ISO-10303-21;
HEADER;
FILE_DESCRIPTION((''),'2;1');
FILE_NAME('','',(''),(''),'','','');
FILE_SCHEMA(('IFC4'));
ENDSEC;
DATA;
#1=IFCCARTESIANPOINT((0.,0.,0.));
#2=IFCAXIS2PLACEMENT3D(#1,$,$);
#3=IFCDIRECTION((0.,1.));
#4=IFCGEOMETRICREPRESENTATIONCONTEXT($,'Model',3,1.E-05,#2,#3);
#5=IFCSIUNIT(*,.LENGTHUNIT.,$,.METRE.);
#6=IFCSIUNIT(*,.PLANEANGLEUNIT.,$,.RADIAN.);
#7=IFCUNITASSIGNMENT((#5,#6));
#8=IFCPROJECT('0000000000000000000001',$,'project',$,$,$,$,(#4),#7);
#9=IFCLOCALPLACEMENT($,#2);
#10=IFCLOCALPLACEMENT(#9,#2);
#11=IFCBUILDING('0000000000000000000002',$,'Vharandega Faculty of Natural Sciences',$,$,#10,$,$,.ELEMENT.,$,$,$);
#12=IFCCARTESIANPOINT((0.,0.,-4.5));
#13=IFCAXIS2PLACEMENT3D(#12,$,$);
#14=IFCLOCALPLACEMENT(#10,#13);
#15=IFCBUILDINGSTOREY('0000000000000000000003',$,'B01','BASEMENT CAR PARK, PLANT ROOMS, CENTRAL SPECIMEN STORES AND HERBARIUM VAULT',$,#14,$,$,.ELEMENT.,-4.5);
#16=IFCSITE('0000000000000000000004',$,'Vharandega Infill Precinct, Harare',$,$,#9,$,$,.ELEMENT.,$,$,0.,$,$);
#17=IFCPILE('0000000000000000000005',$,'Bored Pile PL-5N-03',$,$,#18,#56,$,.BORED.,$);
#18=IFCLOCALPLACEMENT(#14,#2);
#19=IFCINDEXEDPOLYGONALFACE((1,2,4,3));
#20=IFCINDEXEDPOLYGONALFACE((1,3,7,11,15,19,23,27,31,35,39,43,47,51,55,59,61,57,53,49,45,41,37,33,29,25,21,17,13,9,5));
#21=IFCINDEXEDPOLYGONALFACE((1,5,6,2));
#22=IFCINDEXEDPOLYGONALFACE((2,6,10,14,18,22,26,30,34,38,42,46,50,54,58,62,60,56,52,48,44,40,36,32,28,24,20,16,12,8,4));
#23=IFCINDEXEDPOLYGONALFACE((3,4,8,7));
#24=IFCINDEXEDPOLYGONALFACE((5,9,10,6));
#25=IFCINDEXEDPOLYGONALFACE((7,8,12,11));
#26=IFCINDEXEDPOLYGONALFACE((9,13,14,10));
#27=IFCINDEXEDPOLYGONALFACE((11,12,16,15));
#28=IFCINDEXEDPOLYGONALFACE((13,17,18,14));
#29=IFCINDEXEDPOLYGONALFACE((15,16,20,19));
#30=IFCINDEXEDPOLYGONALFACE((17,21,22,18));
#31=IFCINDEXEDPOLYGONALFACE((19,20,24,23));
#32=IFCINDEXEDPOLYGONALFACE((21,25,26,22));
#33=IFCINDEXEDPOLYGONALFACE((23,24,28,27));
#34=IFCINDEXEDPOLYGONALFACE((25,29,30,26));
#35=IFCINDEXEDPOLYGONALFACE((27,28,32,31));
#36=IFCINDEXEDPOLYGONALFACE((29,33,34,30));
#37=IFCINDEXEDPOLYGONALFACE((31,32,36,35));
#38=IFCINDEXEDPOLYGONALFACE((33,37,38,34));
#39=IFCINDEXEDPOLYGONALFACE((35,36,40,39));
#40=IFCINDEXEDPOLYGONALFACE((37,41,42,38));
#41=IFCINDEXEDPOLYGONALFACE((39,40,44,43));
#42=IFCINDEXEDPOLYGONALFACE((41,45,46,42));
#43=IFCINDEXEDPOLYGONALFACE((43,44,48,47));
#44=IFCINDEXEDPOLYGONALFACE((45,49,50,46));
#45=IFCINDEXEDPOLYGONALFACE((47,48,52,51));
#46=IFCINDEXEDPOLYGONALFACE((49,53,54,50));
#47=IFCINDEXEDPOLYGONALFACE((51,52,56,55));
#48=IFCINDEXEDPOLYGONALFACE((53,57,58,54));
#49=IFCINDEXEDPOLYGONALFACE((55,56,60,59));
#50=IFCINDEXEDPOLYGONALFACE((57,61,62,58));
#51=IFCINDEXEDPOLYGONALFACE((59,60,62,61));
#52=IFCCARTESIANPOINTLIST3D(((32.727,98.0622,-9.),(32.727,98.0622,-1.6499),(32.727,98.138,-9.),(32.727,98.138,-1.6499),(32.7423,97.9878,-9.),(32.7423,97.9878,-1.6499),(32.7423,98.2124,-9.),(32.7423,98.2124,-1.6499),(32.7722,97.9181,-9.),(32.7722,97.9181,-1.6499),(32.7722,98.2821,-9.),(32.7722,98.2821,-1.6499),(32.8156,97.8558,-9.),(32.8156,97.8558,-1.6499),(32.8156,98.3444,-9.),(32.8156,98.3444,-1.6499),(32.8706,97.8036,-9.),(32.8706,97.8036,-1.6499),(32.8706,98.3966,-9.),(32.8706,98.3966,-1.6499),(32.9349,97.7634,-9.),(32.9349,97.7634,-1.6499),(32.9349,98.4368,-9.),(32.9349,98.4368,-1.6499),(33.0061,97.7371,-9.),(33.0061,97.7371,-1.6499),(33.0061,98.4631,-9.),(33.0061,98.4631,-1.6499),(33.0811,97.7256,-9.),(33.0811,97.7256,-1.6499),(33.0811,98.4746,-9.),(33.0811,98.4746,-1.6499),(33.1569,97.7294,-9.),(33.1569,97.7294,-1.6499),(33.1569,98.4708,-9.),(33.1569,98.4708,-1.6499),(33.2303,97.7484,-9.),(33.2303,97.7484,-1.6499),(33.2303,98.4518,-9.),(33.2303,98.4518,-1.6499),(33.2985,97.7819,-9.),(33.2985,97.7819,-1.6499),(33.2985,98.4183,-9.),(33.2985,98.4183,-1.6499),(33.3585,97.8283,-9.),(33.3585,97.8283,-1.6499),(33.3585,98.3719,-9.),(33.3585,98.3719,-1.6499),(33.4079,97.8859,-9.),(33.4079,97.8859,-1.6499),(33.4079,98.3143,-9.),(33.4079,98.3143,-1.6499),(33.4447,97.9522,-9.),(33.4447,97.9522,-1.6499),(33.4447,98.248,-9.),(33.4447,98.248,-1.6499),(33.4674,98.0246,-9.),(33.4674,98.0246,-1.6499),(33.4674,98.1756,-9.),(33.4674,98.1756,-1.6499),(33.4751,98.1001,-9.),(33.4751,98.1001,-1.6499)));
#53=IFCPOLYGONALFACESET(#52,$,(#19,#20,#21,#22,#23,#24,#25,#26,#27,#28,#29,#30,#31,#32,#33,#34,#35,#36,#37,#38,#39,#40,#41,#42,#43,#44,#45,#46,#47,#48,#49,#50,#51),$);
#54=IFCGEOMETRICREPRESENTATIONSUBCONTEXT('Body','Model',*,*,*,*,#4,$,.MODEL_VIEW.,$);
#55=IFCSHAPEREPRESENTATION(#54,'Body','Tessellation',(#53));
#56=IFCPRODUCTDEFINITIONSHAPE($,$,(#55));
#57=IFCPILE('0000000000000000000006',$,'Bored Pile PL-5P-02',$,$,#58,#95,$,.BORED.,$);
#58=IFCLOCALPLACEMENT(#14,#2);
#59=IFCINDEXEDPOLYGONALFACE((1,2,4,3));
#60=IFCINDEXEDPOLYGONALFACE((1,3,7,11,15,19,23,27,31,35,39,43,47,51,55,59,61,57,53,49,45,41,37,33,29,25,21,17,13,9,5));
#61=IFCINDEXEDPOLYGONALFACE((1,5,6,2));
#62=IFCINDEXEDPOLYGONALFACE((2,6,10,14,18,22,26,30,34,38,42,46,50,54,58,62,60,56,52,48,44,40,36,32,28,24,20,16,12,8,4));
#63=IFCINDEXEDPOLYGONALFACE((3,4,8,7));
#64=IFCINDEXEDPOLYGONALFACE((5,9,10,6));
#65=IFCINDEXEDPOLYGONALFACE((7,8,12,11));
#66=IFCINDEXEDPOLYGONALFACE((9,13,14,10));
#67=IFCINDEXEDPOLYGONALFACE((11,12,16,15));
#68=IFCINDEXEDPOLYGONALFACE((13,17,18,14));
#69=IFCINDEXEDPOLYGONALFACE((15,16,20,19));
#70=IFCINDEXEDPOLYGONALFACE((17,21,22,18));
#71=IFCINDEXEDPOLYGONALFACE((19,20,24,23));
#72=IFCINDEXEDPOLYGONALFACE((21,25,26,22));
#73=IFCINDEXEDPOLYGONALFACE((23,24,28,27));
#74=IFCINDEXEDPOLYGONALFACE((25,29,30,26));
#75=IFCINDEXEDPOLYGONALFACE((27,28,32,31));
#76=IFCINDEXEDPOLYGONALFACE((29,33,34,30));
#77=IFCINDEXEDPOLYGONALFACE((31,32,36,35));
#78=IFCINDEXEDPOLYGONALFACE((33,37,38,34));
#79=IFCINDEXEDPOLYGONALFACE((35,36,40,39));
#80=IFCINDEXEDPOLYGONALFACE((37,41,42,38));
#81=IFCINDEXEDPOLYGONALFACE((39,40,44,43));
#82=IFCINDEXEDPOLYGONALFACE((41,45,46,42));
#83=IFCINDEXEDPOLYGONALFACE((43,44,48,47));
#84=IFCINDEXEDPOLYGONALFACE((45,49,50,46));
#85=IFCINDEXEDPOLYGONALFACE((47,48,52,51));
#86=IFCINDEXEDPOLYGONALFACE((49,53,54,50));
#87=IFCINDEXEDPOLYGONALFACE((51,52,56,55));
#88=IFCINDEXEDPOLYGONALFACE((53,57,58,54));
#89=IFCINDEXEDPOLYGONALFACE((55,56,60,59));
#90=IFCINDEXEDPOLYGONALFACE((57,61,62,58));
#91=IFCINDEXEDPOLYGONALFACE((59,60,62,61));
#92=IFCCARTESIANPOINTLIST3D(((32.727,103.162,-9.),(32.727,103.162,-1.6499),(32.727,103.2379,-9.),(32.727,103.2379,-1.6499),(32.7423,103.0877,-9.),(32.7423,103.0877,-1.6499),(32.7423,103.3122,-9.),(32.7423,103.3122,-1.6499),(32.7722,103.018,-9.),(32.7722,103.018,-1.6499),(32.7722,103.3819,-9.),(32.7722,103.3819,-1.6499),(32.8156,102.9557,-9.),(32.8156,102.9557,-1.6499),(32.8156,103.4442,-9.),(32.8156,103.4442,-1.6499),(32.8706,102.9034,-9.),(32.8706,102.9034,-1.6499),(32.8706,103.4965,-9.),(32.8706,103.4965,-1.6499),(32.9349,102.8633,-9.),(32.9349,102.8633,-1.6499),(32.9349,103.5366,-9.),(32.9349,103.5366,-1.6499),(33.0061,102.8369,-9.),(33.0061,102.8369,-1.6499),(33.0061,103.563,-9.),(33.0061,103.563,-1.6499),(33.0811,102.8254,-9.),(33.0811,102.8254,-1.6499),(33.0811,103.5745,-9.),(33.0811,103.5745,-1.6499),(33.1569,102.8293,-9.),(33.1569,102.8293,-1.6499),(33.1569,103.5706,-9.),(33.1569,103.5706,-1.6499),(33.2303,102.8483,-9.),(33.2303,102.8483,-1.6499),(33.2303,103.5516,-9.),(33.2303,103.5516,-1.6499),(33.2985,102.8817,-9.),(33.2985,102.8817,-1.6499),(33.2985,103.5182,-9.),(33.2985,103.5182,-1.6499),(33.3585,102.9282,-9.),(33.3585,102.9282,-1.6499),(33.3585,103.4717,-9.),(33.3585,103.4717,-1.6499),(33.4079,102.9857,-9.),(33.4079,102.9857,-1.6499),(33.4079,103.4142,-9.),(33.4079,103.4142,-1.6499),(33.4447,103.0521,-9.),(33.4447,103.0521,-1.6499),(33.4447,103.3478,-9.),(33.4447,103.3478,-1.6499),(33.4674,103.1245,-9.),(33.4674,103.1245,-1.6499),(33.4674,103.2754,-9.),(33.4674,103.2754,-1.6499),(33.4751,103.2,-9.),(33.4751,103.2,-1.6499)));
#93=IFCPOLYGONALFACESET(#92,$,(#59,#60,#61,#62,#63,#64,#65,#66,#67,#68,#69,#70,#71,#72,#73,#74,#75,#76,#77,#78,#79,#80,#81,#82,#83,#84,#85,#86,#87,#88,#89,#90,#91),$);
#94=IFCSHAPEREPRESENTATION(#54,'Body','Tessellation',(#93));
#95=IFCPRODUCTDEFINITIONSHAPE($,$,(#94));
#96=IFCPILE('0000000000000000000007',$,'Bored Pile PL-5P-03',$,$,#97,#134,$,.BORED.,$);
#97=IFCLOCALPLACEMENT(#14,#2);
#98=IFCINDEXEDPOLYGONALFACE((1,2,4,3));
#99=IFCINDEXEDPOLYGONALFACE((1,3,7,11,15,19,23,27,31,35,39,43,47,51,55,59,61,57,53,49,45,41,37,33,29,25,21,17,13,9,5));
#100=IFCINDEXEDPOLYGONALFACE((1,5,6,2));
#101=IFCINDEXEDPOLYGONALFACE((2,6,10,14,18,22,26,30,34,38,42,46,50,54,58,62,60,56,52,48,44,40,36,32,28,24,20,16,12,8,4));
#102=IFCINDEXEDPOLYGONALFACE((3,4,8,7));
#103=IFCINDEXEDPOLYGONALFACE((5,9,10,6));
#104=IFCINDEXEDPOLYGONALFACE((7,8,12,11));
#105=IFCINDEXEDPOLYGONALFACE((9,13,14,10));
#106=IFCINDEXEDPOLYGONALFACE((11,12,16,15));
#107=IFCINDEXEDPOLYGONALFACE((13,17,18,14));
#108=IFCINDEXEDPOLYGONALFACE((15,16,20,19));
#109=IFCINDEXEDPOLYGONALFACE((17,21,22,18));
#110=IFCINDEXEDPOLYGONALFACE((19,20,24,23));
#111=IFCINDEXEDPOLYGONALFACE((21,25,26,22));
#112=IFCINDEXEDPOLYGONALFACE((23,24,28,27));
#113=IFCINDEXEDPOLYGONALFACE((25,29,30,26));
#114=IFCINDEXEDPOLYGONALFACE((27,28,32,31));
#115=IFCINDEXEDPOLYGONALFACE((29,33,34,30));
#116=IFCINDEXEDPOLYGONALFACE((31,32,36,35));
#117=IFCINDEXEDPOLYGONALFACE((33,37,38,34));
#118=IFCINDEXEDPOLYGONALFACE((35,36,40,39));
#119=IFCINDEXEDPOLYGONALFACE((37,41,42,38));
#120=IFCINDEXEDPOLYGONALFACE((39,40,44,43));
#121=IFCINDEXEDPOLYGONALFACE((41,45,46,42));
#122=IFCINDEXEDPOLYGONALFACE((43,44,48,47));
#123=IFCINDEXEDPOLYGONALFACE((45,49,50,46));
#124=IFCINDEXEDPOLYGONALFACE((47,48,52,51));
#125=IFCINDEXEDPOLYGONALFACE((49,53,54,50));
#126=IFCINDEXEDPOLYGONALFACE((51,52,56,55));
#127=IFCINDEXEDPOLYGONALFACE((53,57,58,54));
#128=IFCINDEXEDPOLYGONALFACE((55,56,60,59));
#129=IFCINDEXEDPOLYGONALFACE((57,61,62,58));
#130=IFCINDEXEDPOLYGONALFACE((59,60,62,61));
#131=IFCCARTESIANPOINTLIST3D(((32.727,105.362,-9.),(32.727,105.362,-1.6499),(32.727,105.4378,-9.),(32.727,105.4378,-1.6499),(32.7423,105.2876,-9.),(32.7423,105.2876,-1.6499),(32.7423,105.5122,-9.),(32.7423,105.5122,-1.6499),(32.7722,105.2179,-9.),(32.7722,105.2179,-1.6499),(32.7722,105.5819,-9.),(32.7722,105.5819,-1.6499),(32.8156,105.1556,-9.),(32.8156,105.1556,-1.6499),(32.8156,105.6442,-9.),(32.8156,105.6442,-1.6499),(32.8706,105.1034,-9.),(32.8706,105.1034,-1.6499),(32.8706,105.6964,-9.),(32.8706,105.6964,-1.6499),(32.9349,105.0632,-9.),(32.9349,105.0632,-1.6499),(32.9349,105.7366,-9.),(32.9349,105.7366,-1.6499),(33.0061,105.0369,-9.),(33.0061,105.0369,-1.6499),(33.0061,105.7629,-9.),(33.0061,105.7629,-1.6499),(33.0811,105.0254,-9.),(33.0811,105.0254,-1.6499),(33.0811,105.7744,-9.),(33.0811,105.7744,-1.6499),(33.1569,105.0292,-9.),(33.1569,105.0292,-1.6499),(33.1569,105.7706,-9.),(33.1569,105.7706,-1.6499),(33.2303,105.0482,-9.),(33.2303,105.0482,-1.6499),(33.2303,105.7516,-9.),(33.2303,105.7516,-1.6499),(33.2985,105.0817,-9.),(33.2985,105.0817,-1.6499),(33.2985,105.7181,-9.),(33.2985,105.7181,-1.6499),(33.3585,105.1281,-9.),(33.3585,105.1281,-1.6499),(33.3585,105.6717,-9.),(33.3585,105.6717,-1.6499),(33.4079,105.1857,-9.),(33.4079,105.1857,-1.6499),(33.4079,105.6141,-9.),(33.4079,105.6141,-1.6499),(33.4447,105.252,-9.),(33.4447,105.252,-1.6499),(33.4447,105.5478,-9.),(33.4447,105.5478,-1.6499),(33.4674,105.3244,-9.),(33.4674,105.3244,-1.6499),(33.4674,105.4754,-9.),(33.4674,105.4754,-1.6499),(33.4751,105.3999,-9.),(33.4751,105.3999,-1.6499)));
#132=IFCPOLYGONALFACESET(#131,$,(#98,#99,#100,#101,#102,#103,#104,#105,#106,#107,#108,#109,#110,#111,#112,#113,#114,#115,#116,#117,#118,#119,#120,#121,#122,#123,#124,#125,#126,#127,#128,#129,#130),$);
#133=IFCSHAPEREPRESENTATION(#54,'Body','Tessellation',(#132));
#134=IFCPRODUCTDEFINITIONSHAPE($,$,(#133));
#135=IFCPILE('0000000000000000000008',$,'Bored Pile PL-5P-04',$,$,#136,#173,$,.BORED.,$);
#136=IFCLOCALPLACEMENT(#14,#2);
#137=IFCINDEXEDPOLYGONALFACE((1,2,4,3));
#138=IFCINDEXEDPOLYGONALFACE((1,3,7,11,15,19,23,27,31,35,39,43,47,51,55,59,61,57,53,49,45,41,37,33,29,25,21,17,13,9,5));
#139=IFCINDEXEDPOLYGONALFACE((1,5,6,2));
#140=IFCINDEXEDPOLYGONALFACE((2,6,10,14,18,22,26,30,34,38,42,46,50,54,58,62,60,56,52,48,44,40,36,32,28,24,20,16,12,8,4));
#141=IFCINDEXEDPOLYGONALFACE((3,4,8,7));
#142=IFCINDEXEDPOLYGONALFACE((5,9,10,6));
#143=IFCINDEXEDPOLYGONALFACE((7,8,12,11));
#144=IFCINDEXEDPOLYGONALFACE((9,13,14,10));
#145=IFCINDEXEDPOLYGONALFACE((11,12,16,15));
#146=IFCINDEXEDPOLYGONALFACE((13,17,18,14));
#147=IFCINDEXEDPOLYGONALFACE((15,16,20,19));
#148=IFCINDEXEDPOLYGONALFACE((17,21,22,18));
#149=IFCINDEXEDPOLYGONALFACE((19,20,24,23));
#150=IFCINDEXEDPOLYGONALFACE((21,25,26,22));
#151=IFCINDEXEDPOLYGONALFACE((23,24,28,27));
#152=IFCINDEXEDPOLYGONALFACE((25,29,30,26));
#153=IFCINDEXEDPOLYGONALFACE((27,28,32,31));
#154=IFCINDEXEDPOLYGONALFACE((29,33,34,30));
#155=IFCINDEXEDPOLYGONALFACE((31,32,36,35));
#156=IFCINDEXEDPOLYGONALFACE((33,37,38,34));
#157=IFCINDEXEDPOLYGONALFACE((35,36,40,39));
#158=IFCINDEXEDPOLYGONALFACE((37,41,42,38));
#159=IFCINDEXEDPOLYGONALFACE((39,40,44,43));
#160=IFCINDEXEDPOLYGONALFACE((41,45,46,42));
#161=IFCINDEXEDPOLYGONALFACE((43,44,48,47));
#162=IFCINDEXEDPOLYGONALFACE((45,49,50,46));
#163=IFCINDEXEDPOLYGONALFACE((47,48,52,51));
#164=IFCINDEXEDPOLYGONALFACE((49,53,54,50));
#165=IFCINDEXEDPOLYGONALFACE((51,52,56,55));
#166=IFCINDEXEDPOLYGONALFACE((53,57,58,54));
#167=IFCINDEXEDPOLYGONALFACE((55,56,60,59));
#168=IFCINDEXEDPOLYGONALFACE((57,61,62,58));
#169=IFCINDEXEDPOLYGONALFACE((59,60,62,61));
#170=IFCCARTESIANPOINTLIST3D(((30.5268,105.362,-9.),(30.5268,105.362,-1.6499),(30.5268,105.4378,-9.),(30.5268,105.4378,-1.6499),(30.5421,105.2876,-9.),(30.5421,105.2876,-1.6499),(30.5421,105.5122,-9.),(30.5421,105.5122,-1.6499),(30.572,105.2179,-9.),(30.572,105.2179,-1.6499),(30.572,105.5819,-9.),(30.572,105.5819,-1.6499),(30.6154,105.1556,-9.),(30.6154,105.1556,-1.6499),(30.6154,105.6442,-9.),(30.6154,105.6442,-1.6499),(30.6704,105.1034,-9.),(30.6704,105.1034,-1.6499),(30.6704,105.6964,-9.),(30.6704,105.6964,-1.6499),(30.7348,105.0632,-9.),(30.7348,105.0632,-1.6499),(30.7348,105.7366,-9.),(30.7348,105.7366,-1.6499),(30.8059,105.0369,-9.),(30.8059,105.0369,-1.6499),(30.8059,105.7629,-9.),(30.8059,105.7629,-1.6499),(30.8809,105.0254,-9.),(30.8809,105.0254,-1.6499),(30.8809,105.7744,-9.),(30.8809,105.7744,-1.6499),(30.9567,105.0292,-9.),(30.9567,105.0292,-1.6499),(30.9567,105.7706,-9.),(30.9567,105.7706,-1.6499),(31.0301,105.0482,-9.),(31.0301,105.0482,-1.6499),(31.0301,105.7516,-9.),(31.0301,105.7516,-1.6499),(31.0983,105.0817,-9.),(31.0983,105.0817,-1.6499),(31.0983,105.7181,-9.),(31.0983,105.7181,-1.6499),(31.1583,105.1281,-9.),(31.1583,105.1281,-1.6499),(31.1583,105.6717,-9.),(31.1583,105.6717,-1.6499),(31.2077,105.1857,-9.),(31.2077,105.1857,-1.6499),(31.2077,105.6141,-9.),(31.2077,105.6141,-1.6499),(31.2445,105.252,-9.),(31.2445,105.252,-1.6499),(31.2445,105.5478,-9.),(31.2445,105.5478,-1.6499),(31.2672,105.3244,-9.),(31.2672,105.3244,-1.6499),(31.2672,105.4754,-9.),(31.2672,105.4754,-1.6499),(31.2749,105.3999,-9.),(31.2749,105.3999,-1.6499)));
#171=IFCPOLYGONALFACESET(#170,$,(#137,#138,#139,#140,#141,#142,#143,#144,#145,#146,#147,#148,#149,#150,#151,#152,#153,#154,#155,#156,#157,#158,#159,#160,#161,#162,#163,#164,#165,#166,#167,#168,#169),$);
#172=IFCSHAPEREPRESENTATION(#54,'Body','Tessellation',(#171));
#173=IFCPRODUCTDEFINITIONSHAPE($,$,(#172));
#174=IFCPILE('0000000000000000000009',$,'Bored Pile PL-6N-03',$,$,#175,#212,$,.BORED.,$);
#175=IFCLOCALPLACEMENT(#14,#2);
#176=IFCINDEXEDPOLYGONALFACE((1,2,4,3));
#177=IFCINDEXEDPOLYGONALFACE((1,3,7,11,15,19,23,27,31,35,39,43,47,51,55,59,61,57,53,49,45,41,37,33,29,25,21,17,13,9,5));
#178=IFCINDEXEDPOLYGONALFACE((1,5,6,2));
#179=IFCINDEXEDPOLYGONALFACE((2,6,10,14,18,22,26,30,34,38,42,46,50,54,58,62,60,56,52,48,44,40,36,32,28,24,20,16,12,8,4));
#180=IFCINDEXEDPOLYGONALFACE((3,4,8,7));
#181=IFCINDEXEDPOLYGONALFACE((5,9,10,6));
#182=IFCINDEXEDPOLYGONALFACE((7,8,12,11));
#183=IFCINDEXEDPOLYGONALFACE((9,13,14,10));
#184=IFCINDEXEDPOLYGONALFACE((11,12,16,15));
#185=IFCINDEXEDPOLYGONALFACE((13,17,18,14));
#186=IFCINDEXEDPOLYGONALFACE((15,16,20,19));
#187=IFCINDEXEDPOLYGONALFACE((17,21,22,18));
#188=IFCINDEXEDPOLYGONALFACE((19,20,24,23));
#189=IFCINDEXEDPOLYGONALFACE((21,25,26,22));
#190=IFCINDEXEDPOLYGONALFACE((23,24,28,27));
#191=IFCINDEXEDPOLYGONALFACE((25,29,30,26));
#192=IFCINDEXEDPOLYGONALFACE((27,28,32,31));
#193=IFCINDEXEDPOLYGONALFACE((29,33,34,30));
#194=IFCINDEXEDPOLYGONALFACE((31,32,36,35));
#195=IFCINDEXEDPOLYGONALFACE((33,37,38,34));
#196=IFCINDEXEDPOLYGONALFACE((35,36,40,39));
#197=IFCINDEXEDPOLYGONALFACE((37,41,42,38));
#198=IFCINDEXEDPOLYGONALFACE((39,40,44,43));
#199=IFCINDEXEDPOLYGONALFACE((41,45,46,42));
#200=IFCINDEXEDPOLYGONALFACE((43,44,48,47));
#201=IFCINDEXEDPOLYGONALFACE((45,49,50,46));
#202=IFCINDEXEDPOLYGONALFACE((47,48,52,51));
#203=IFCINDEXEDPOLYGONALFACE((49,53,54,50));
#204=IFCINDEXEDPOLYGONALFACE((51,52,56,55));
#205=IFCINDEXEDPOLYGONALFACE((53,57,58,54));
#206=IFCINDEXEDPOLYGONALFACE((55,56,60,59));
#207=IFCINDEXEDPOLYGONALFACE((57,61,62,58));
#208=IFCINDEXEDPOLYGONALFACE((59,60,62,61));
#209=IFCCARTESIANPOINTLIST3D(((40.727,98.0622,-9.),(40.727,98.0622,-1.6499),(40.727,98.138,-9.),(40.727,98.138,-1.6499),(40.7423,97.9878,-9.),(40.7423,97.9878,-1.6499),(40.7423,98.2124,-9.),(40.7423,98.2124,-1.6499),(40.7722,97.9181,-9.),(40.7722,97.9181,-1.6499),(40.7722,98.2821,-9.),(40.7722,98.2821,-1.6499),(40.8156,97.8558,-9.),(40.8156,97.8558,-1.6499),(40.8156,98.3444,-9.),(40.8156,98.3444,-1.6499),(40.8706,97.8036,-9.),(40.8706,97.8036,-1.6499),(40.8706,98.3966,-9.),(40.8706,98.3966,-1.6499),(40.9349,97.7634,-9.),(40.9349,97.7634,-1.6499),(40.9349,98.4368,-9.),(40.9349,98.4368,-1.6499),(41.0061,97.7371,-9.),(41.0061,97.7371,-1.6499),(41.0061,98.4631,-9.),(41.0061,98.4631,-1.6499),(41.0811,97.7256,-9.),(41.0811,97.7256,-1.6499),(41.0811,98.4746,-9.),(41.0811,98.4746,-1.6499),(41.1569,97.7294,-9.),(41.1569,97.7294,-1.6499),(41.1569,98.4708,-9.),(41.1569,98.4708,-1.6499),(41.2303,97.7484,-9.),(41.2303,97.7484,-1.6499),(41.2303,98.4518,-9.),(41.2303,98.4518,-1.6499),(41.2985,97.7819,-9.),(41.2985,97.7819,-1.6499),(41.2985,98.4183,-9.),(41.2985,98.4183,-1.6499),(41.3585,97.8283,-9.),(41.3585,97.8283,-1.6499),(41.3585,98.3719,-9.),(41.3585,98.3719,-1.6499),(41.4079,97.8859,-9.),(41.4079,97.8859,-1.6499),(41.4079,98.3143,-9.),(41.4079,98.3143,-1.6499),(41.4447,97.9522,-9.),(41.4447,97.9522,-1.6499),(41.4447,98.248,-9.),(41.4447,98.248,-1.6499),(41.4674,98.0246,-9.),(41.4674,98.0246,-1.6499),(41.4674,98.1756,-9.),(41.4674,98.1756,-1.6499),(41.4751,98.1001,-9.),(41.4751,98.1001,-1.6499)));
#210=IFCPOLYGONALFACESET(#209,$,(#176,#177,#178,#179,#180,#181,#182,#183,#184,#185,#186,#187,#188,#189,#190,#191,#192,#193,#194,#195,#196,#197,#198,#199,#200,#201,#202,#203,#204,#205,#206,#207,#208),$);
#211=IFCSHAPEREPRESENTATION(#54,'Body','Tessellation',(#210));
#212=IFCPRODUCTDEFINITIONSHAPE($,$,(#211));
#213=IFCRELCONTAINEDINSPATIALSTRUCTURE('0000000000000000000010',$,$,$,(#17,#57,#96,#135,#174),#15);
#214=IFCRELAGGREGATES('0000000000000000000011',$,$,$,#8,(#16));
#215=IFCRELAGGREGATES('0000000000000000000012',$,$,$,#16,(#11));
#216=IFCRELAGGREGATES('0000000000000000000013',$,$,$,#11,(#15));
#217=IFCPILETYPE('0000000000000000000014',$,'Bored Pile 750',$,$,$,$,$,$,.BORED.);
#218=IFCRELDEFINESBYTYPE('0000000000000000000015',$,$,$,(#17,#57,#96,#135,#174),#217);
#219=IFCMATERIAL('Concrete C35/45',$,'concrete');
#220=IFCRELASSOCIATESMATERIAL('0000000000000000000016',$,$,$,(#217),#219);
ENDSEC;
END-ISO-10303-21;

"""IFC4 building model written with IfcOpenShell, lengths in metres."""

from ifc_helpers import new_model, si_unit, direction, frame, origin, origin_2d, place, context, subcontext, project, spatial, circle, extrude, material, material_profile, profile_set, type_object, element, save


model = new_model("IFC4")

# Units and contexts
model_context = context("Model", 3, precision=1e-05, world=origin(), true_north=direction((0.0, 1.0)))
body_context = subcontext(model_context, "Body", "Model", "MODEL_VIEW")
ifc_project = project(units=[si_unit("LENGTHUNIT", "METRE"), si_unit("PLANEANGLEUNIT", "RADIAN")], contexts=[model_context])

# Site, building, storey
site_placement = place(None, origin())
site = spatial("IfcSite", under=ifc_project, at=site_placement, Name="Vharandega Infill Precinct, Harare", CompositionType="ELEMENT", RefElevation=0.0)
building_placement = place(site_placement, origin())
building = spatial("IfcBuilding", under=site, at=building_placement, Name="Vharandega Faculty of Natural Sciences", CompositionType="ELEMENT")
storey_placement = place(building_placement, frame((0.0, 0.0, -4.5)))
storey = spatial("IfcBuildingStorey", under=building, at=storey_placement, Name="B01", Description="BASEMENT CAR PARK, PLANT ROOMS, CENTRAL SPECIMEN STORES AND HERBARIUM VAULT", CompositionType="ELEMENT", Elevation=-4.5)

# Piles
ifc_material_1 = material(Name="Concrete C35/45", Category="concrete")
ifc_material_profile_1 = material_profile(ifc_material_1, circle(Radius=0.375, at=origin_2d()), Name="PILE 750")
ifc_profile_set_1 = profile_set([ifc_material_profile_1], Name="Concrete C35/45")
pile_type = type_object("IfcPileType", Name="Bored Pile 750", PredefinedType="BORED", material=ifc_profile_set_1)
for number, where, z_axis, x_axis, name in (
    (1, (33.1001, 98.1001, -1.6499), (0.0, 0.0, -1.0), (1.0, 0.0, 0.0), "Bored Pile PL-5N-03"),
    (2, (33.1001, 103.2, -1.6499), (0.0, 0.0, -1.0), (1.0, 0.0, 0.0), "Bored Pile PL-5P-02"),
    (3, (33.1001, 105.3999, -1.6499), (0.0, 0.0, -1.0), (1.0, 0.0, 0.0), "Bored Pile PL-5P-03"),
    (4, (30.8999, 105.3999, -1.6499), (0.0, 0.0, -1.0), (1.0, 0.0, 0.0), "Bored Pile PL-5P-04"),
    (5, (41.1001, 98.1001, -1.6499), (0.0, 0.0, -1.0), (1.0, 0.0, 0.0), "Bored Pile PL-6N-03"),
):
    element("IfcPile", number, at=place(storey_placement, frame(where, z_axis=z_axis, x_axis=x_axis)), inside=storey, type_object=pile_type, Name=name, PredefinedType="BORED", context=body_context, shape_type="SweptSolid", body=[
        extrude(circle(Radius=0.375, at=origin_2d()), origin(), (0.0, 0.0, 1.0), 7.3501),
    ])

save(model, "model.ifc")
